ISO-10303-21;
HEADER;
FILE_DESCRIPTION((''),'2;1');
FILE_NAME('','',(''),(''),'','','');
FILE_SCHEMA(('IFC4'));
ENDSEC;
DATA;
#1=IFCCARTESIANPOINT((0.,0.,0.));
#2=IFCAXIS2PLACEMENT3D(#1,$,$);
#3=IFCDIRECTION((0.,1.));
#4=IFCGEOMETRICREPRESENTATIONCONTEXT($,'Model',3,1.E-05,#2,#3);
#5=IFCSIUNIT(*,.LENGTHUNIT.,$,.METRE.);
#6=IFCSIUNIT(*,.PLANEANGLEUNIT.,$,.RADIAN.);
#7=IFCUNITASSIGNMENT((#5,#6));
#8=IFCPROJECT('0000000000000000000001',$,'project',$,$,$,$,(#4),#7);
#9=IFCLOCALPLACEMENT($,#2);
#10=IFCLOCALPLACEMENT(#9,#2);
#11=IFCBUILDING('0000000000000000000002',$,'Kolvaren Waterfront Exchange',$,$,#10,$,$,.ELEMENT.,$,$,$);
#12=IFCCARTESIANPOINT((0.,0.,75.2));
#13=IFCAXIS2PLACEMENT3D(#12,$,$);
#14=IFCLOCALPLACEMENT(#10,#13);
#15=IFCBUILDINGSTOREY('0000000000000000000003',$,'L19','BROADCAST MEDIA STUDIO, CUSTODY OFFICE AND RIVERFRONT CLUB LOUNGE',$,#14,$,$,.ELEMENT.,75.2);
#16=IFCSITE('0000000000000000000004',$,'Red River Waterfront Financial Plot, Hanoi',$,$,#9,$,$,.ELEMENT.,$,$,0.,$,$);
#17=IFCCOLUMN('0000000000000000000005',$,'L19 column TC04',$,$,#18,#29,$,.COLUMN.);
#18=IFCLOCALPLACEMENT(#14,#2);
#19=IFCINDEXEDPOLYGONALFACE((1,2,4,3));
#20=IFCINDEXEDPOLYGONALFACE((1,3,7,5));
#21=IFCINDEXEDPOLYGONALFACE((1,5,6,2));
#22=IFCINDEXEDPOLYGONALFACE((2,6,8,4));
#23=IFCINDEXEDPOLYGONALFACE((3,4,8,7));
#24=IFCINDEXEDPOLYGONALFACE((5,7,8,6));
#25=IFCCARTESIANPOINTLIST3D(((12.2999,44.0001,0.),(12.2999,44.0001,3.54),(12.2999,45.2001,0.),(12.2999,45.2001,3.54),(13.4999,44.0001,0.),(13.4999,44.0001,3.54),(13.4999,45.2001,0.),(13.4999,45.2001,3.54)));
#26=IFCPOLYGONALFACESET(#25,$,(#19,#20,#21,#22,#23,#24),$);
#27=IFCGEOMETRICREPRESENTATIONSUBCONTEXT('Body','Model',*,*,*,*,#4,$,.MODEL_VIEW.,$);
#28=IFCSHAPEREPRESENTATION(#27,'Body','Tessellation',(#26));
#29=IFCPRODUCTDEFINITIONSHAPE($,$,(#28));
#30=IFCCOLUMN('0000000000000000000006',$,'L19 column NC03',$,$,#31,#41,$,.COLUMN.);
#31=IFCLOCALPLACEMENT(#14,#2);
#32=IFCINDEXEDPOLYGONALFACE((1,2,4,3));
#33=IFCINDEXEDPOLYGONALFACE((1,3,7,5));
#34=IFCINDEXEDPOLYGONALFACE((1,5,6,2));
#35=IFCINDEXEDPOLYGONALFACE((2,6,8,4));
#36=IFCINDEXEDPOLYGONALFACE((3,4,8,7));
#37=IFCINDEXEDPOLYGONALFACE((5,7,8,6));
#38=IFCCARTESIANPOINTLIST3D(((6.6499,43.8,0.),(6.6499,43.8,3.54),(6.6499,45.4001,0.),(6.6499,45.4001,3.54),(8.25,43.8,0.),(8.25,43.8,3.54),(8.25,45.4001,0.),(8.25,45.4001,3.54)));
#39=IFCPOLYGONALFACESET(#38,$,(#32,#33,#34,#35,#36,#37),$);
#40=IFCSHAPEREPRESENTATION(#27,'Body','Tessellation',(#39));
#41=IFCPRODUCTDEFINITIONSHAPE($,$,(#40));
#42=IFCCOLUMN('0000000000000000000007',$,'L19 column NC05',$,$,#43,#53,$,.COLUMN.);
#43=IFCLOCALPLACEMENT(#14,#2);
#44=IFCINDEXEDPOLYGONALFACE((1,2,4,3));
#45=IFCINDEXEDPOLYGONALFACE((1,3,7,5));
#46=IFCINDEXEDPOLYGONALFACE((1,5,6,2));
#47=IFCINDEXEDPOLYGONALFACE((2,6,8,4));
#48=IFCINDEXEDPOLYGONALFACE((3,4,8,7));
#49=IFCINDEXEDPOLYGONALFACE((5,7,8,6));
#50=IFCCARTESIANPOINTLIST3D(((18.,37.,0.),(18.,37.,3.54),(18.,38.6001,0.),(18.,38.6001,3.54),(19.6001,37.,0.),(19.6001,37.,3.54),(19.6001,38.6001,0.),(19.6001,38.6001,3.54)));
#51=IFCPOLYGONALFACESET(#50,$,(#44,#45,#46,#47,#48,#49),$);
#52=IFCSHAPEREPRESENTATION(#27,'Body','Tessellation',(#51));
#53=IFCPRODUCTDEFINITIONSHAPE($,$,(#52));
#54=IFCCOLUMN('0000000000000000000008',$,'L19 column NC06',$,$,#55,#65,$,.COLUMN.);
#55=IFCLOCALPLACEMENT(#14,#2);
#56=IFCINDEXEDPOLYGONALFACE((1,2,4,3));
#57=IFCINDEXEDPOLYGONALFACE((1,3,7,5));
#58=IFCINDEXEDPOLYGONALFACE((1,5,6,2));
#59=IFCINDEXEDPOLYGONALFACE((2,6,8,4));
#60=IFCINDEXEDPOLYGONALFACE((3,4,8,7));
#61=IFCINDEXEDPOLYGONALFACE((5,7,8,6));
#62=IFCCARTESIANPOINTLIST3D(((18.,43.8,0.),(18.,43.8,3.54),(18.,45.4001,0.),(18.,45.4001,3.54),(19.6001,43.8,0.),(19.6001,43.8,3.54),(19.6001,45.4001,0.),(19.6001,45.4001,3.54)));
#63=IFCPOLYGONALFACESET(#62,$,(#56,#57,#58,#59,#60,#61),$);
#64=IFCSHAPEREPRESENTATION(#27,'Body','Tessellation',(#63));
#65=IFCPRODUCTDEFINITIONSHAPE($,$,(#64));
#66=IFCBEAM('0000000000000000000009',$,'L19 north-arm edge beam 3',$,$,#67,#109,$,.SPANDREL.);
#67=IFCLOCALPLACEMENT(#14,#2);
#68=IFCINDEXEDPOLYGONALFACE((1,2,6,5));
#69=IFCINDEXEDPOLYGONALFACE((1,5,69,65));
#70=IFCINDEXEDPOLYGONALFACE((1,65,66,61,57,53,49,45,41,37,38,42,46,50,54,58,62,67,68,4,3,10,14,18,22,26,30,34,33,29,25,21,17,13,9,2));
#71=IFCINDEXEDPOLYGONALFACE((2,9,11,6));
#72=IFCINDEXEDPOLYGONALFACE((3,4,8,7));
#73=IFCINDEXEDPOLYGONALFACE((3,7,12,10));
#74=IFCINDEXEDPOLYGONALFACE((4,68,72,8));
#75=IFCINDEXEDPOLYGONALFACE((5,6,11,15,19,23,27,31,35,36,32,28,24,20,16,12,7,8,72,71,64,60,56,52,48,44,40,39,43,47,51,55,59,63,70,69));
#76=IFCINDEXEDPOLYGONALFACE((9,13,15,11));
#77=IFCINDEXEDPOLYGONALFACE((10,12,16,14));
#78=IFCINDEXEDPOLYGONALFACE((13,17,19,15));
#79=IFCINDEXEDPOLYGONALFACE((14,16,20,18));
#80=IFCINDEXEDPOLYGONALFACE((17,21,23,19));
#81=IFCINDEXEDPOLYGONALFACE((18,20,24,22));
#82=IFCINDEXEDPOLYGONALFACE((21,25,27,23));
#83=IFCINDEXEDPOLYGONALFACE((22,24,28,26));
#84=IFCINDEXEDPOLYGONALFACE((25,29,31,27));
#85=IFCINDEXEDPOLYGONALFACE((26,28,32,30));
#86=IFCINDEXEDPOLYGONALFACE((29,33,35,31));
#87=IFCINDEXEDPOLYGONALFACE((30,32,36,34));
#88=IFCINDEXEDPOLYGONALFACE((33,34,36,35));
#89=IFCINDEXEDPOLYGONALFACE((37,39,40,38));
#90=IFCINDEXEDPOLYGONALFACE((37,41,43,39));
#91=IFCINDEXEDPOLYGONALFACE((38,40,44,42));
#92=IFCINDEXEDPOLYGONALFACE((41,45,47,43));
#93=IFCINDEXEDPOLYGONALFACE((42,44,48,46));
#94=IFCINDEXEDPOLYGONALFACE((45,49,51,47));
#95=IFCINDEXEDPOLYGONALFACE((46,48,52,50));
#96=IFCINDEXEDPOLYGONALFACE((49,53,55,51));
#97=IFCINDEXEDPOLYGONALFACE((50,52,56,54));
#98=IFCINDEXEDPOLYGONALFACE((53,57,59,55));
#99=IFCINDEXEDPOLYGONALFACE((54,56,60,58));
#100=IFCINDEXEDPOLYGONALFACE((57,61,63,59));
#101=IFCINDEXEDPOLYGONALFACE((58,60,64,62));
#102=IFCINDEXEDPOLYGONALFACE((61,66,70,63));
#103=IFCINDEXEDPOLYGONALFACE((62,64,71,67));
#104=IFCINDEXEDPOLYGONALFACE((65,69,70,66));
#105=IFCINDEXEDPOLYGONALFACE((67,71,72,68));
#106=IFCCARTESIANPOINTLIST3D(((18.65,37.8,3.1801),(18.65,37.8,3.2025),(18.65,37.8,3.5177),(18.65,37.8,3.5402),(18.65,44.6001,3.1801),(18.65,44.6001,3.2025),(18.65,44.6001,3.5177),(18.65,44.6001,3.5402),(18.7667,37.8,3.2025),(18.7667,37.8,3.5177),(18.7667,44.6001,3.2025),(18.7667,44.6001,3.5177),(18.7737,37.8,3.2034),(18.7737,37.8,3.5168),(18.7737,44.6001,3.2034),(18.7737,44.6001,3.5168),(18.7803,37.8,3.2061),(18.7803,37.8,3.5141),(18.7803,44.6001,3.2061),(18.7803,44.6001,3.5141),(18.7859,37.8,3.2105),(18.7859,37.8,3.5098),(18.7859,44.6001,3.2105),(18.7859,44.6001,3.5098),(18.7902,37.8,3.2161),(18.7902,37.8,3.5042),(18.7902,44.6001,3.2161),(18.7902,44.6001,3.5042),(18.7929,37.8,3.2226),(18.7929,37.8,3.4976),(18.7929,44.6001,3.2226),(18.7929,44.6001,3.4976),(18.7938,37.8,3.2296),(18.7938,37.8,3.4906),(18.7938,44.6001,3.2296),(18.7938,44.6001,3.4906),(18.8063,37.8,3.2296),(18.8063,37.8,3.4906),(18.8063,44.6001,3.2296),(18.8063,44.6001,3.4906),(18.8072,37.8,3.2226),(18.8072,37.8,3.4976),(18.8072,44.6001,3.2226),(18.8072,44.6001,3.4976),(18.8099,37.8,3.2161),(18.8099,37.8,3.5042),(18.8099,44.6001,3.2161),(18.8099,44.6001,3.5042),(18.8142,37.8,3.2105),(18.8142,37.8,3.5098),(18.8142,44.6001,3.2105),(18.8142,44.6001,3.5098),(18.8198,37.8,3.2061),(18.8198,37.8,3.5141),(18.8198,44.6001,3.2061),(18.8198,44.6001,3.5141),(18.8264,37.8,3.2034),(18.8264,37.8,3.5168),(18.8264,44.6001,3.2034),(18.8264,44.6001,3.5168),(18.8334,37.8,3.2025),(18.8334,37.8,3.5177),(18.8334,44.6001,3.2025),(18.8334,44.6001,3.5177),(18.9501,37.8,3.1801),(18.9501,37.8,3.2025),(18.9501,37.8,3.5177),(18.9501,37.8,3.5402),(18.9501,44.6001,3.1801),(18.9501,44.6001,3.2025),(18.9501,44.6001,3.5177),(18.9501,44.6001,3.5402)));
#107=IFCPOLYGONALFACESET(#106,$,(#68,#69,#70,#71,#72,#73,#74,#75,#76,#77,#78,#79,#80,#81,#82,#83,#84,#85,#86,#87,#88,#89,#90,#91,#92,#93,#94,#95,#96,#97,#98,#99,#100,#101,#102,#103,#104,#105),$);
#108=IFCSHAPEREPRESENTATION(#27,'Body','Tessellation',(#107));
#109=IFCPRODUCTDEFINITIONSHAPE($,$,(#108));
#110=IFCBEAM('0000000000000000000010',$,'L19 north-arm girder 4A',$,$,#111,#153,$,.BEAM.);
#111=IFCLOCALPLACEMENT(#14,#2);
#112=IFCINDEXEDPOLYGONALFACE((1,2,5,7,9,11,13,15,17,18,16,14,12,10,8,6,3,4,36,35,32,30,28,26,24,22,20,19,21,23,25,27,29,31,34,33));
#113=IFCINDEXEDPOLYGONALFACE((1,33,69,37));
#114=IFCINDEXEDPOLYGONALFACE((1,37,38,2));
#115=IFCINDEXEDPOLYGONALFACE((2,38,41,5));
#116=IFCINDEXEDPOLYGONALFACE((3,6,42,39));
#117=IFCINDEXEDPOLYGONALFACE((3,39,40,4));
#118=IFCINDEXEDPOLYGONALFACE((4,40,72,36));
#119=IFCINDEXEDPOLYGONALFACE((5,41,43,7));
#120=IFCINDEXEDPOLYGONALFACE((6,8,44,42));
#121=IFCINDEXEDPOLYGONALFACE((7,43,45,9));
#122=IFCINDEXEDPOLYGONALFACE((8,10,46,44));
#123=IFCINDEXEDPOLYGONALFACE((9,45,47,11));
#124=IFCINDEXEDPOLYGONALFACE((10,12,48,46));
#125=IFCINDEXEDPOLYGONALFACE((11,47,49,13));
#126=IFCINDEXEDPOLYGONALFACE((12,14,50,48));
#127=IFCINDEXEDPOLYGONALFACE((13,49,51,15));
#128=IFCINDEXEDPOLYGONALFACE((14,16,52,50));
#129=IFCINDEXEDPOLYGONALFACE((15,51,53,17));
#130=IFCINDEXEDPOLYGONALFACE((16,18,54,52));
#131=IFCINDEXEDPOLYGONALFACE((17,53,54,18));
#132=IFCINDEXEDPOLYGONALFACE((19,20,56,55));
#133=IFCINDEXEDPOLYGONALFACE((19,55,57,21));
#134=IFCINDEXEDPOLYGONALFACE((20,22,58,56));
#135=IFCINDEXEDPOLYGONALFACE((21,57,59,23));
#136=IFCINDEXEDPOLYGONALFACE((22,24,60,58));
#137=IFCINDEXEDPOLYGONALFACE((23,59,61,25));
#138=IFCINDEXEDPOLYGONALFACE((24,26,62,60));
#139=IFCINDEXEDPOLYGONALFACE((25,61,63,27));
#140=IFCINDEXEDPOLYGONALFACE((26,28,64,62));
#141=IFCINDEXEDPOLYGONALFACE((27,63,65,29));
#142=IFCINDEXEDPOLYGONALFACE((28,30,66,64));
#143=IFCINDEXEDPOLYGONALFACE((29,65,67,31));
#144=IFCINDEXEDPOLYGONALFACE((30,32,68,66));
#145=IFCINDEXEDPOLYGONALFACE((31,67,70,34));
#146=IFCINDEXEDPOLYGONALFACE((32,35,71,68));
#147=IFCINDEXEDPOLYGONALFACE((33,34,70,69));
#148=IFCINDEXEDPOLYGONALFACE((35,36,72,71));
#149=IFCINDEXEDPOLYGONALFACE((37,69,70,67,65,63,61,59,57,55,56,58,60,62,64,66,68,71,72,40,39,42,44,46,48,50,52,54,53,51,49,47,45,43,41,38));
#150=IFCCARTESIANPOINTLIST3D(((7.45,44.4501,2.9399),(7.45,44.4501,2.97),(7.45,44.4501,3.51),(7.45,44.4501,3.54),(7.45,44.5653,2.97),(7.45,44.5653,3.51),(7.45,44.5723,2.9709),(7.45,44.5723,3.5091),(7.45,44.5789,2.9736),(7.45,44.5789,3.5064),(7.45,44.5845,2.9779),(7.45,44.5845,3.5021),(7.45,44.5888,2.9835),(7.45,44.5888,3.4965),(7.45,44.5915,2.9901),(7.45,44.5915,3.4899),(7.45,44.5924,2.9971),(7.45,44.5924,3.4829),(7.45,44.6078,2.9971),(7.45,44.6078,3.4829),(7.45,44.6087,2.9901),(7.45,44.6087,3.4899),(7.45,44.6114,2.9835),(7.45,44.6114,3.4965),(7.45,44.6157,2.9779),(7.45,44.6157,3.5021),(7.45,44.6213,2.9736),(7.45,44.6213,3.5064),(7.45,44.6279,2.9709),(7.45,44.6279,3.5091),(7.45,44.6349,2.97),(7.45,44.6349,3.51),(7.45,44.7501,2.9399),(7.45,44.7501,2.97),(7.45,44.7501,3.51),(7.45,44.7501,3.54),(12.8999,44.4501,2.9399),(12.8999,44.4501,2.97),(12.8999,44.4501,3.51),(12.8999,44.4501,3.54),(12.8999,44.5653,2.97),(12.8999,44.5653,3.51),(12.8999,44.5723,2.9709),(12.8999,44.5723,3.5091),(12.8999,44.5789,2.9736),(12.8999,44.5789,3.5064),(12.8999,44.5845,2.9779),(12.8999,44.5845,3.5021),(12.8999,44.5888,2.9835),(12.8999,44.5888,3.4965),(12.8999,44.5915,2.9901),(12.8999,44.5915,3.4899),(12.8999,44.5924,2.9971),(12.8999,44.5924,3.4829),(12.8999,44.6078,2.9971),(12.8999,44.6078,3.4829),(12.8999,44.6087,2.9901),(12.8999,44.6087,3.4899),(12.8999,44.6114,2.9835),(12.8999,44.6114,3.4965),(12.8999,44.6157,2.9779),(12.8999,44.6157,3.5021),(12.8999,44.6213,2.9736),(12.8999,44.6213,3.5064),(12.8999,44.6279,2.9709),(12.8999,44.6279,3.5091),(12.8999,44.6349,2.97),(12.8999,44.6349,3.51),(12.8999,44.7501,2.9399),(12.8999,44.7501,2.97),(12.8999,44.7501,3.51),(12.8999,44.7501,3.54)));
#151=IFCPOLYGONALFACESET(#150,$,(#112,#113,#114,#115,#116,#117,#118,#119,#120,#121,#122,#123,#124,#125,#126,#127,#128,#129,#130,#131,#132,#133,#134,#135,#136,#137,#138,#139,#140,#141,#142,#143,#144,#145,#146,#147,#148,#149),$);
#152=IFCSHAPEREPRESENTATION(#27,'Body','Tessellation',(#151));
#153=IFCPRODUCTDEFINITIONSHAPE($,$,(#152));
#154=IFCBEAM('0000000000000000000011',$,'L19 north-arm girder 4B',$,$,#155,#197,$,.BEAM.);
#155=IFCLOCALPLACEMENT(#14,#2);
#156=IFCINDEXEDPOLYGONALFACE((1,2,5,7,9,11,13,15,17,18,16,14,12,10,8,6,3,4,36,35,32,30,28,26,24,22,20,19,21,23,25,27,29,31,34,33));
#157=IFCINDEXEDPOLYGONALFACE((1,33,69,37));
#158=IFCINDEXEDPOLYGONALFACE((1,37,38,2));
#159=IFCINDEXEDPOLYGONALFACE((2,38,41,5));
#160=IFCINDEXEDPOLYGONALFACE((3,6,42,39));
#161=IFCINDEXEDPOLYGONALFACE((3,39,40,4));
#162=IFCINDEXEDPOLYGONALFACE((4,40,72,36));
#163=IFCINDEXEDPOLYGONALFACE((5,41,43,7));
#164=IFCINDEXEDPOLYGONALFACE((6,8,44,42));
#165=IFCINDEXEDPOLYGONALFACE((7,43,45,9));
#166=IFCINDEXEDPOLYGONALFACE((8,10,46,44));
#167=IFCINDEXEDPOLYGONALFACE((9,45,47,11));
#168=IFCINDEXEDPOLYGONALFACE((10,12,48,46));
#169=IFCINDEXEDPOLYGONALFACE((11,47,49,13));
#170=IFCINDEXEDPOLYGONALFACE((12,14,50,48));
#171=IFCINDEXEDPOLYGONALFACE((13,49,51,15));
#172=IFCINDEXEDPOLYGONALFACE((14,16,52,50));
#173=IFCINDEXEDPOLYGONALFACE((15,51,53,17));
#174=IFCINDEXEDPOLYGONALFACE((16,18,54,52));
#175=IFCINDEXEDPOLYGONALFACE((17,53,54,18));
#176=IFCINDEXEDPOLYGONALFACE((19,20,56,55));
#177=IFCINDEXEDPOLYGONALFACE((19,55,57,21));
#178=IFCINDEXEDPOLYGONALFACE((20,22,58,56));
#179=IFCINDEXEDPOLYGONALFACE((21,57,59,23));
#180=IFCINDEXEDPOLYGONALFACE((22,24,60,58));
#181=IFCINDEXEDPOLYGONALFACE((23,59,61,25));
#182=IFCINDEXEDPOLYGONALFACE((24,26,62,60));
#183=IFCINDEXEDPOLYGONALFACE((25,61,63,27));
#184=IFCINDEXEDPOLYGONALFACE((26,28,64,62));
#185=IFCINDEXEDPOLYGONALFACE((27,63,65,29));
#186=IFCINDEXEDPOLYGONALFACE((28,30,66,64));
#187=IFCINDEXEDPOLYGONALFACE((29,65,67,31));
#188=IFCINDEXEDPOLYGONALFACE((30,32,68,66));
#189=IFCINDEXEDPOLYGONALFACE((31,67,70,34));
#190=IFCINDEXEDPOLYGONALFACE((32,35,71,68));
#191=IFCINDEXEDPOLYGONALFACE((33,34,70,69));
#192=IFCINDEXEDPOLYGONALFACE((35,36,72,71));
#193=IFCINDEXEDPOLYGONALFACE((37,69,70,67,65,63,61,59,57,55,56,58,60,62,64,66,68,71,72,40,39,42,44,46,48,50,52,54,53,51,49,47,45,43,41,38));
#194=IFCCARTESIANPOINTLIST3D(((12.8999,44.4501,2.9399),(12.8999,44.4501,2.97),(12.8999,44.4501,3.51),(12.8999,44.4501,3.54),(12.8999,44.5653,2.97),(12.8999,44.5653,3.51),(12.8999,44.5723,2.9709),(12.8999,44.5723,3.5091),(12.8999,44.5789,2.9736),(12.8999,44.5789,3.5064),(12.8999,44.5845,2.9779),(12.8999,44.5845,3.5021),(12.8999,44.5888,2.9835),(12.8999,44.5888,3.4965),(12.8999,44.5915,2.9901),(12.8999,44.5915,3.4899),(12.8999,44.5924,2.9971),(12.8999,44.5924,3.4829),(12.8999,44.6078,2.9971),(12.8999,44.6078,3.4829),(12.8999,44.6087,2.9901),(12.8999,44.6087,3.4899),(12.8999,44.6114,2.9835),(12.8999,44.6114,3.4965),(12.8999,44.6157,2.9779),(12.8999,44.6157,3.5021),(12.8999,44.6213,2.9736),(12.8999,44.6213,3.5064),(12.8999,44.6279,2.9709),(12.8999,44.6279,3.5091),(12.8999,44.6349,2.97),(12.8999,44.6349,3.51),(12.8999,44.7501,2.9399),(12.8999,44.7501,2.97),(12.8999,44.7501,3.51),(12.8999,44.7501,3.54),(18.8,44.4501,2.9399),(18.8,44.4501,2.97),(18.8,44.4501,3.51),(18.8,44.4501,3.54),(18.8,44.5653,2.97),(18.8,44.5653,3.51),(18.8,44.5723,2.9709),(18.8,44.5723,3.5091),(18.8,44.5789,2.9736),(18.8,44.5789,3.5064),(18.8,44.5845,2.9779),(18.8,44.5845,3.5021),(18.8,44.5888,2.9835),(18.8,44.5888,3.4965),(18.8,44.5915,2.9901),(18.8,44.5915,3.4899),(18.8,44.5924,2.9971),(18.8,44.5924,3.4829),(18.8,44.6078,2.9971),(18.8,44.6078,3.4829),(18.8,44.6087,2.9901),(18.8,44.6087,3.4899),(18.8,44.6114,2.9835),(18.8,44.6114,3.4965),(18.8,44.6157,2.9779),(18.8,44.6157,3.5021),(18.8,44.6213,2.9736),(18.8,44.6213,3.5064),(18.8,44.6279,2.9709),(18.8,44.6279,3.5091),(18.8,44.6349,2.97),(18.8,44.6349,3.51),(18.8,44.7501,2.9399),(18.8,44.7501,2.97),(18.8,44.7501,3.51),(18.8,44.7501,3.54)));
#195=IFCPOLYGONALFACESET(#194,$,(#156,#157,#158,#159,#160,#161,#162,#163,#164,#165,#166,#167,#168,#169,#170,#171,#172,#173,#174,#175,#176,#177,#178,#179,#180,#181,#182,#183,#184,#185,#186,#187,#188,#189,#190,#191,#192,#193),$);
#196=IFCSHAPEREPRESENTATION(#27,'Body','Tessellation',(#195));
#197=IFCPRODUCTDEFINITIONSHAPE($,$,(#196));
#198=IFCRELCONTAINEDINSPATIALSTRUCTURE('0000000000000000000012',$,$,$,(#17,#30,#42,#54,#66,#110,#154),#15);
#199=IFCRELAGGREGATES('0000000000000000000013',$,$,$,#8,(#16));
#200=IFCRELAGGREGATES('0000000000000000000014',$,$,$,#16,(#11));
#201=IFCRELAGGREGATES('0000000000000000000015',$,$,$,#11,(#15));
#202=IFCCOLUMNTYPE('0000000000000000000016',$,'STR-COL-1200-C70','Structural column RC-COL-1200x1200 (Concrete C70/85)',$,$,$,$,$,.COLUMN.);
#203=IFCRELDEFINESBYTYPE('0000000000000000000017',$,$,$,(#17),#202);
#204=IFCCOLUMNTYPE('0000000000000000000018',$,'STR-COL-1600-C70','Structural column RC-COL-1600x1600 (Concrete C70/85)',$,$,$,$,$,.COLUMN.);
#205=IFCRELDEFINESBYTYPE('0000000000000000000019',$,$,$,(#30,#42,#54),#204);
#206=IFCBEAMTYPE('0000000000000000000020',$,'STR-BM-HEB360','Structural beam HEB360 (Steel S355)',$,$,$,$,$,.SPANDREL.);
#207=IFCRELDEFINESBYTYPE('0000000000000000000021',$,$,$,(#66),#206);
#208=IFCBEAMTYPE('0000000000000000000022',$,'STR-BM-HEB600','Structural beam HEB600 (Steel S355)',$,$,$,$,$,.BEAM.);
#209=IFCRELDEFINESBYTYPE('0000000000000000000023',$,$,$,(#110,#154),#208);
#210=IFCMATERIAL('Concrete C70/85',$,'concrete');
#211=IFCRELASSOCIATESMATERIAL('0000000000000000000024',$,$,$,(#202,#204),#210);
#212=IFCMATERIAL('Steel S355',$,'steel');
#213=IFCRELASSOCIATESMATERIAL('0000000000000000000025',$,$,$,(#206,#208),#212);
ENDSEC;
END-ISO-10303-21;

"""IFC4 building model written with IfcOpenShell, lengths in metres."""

from ifc_helpers import new_model, si_unit, direction, frame, origin, origin_2d, place, context, subcontext, project, spatial, rectangle, i_section, extrude, material, material_profile, profile_set, type_object, element, save


model = new_model("IFC4")

# Units and contexts
model_context = context("Model", 3, precision=1e-05, world=origin(), true_north=direction((0.0, 1.0)))
body_context = subcontext(model_context, "Body", "Model", "MODEL_VIEW")
ifc_project = project(units=[si_unit("LENGTHUNIT", "METRE"), si_unit("PLANEANGLEUNIT", "RADIAN")], contexts=[model_context])

# Site, building, storey
site_placement = place(None, origin())
site = spatial("IfcSite", under=ifc_project, at=site_placement, Name="Red River Waterfront Financial Plot, Hanoi", CompositionType="ELEMENT", RefElevation=0.0)
building_placement = place(site_placement, origin())
building = spatial("IfcBuilding", under=site, at=building_placement, Name="Kolvaren Waterfront Exchange", CompositionType="ELEMENT")
storey_placement = place(building_placement, frame((0.0, 0.0, 75.2)))
storey = spatial("IfcBuildingStorey", under=building, at=storey_placement, Name="L19", Description="BROADCAST MEDIA STUDIO, CUSTODY OFFICE AND RIVERFRONT CLUB LOUNGE", CompositionType="ELEMENT", Elevation=75.2)

# Columns
ifc_material_1 = material(Name="Concrete C70/85", Category="concrete")
ifc_material_profile_1 = material_profile(ifc_material_1, rectangle(XDim=1.2, YDim=1.2, at=origin_2d()), Name="RC-COL-1200x1200")
ifc_profile_set_1 = profile_set([ifc_material_profile_1], Name="Concrete C70/85")
column_type_1 = type_object("IfcColumnType", Name="STR-COL-1200-C70", Description="Structural column RC-COL-1200x1200 (Concrete C70/85)", PredefinedType="COLUMN", material=ifc_profile_set_1)
column_placement = place(storey_placement, frame((12.8999, 44.6001, 0.0), z_axis=(0.0, 0.0, 1.0), x_axis=(1.0, 0.0, 0.0)))
element("IfcColumn", 1, at=column_placement, inside=storey, type_object=column_type_1, Name="L19 column TC04", PredefinedType="COLUMN", context=body_context, shape_type="SweptSolid", body=[
    extrude(rectangle(XDim=1.2, YDim=1.2, at=origin_2d()), origin(), (0.0, 0.0, 1.0), 3.54),
])
ifc_material_profile_2 = material_profile(ifc_material_1, rectangle(XDim=1.6001, YDim=1.6001, at=origin_2d()), Name="RC-COL-1600x1600")
ifc_profile_set_2 = profile_set([ifc_material_profile_2], Name="Concrete C70/85")
column_type_2 = type_object("IfcColumnType", Name="STR-COL-1600-C70", Description="Structural column RC-COL-1600x1600 (Concrete C70/85)", PredefinedType="COLUMN", material=ifc_profile_set_2)
for number, where, z_axis, x_axis, name in (
    (2, (7.45, 44.6001, 0.0), (0.0, 0.0, 1.0), (1.0, 0.0, 0.0), "L19 column NC03"),
    (3, (18.8, 37.8, 0.0), (0.0, 0.0, 1.0), (1.0, 0.0, 0.0), "L19 column NC05"),
    (4, (18.8, 44.6001, 0.0), (0.0, 0.0, 1.0), (1.0, 0.0, 0.0), "L19 column NC06"),
):
    element("IfcColumn", number, at=place(storey_placement, frame(where, z_axis=z_axis, x_axis=x_axis)), inside=storey, type_object=column_type_2, Name=name, PredefinedType="COLUMN", context=body_context, shape_type="SweptSolid", body=[
        extrude(rectangle(XDim=1.6001, YDim=1.6001, at=origin_2d()), origin(), (0.0, 0.0, 1.0), 3.54),
    ])

# Beams
ifc_material_2 = material(Name="Steel S355", Category="steel")
ifc_material_profile_3 = material_profile(ifc_material_2, i_section(OverallWidth=0.3, OverallDepth=0.3601, WebThickness=0.0125, FlangeThickness=0.0225, FilletRadius=0.0271, at=origin_2d()), Name="HEB360")
ifc_profile_set_3 = profile_set([ifc_material_profile_3], Name="Steel S355")
beam_type_1 = type_object("IfcBeamType", Name="STR-BM-HEB360", Description="Structural beam HEB360 (Steel S355)", PredefinedType="SPANDREL", material=ifc_profile_set_3)
beam_1_placement = place(storey_placement, frame((18.8, 37.8, 3.3601), z_axis=(0.0, 1.0, 0.0), x_axis=(-1.0, 0.0, 0.0)))
element("IfcBeam", 5, at=beam_1_placement, inside=storey, type_object=beam_type_1, Name="L19 north-arm edge beam 3", PredefinedType="SPANDREL", context=body_context, shape_type="SweptSolid", body=[
    extrude(i_section(OverallWidth=0.3, OverallDepth=0.3601, WebThickness=0.0125, FlangeThickness=0.0225, FilletRadius=0.0271, at=origin_2d()), origin(), (0.0, 0.0, 1.0), 6.8),
])
ifc_material_profile_4 = material_profile(ifc_material_2, i_section(OverallWidth=0.3, OverallDepth=0.6001, WebThickness=0.0154, FlangeThickness=0.03, FilletRadius=0.0271, at=origin_2d()), Name="HEB600")
ifc_profile_set_4 = profile_set([ifc_material_profile_4], Name="Steel S355")
beam_type_2 = type_object("IfcBeamType", Name="STR-BM-HEB600", Description="Structural beam HEB600 (Steel S355)", PredefinedType="BEAM", material=ifc_profile_set_4)
beam_2_placement = place(storey_placement, frame((7.45, 44.6001, 3.24), z_axis=(1.0, 0.0, 0.0), x_axis=(0.0, 1.0, 0.0)))
element("IfcBeam", 6, at=beam_2_placement, inside=storey, type_object=beam_type_2, Name="L19 north-arm girder 4A", PredefinedType="BEAM", context=body_context, shape_type="SweptSolid", body=[
    extrude(i_section(OverallWidth=0.3, OverallDepth=0.6001, WebThickness=0.0154, FlangeThickness=0.03, FilletRadius=0.0271, at=origin_2d()), origin(), (0.0, 0.0, 1.0), 5.45),
])
beam_3_placement = place(storey_placement, frame((12.8999, 44.6001, 3.24), z_axis=(1.0, 0.0, 0.0), x_axis=(0.0, 1.0, 0.0)))
element("IfcBeam", 7, at=beam_3_placement, inside=storey, type_object=beam_type_2, Name="L19 north-arm girder 4B", PredefinedType="BEAM", context=body_context, shape_type="SweptSolid", body=[
    extrude(i_section(OverallWidth=0.3, OverallDepth=0.6001, WebThickness=0.0154, FlangeThickness=0.03, FilletRadius=0.0271, at=origin_2d()), origin(), (0.0, 0.0, 1.0), 5.9001),
])

save(model, "model.ifc")
